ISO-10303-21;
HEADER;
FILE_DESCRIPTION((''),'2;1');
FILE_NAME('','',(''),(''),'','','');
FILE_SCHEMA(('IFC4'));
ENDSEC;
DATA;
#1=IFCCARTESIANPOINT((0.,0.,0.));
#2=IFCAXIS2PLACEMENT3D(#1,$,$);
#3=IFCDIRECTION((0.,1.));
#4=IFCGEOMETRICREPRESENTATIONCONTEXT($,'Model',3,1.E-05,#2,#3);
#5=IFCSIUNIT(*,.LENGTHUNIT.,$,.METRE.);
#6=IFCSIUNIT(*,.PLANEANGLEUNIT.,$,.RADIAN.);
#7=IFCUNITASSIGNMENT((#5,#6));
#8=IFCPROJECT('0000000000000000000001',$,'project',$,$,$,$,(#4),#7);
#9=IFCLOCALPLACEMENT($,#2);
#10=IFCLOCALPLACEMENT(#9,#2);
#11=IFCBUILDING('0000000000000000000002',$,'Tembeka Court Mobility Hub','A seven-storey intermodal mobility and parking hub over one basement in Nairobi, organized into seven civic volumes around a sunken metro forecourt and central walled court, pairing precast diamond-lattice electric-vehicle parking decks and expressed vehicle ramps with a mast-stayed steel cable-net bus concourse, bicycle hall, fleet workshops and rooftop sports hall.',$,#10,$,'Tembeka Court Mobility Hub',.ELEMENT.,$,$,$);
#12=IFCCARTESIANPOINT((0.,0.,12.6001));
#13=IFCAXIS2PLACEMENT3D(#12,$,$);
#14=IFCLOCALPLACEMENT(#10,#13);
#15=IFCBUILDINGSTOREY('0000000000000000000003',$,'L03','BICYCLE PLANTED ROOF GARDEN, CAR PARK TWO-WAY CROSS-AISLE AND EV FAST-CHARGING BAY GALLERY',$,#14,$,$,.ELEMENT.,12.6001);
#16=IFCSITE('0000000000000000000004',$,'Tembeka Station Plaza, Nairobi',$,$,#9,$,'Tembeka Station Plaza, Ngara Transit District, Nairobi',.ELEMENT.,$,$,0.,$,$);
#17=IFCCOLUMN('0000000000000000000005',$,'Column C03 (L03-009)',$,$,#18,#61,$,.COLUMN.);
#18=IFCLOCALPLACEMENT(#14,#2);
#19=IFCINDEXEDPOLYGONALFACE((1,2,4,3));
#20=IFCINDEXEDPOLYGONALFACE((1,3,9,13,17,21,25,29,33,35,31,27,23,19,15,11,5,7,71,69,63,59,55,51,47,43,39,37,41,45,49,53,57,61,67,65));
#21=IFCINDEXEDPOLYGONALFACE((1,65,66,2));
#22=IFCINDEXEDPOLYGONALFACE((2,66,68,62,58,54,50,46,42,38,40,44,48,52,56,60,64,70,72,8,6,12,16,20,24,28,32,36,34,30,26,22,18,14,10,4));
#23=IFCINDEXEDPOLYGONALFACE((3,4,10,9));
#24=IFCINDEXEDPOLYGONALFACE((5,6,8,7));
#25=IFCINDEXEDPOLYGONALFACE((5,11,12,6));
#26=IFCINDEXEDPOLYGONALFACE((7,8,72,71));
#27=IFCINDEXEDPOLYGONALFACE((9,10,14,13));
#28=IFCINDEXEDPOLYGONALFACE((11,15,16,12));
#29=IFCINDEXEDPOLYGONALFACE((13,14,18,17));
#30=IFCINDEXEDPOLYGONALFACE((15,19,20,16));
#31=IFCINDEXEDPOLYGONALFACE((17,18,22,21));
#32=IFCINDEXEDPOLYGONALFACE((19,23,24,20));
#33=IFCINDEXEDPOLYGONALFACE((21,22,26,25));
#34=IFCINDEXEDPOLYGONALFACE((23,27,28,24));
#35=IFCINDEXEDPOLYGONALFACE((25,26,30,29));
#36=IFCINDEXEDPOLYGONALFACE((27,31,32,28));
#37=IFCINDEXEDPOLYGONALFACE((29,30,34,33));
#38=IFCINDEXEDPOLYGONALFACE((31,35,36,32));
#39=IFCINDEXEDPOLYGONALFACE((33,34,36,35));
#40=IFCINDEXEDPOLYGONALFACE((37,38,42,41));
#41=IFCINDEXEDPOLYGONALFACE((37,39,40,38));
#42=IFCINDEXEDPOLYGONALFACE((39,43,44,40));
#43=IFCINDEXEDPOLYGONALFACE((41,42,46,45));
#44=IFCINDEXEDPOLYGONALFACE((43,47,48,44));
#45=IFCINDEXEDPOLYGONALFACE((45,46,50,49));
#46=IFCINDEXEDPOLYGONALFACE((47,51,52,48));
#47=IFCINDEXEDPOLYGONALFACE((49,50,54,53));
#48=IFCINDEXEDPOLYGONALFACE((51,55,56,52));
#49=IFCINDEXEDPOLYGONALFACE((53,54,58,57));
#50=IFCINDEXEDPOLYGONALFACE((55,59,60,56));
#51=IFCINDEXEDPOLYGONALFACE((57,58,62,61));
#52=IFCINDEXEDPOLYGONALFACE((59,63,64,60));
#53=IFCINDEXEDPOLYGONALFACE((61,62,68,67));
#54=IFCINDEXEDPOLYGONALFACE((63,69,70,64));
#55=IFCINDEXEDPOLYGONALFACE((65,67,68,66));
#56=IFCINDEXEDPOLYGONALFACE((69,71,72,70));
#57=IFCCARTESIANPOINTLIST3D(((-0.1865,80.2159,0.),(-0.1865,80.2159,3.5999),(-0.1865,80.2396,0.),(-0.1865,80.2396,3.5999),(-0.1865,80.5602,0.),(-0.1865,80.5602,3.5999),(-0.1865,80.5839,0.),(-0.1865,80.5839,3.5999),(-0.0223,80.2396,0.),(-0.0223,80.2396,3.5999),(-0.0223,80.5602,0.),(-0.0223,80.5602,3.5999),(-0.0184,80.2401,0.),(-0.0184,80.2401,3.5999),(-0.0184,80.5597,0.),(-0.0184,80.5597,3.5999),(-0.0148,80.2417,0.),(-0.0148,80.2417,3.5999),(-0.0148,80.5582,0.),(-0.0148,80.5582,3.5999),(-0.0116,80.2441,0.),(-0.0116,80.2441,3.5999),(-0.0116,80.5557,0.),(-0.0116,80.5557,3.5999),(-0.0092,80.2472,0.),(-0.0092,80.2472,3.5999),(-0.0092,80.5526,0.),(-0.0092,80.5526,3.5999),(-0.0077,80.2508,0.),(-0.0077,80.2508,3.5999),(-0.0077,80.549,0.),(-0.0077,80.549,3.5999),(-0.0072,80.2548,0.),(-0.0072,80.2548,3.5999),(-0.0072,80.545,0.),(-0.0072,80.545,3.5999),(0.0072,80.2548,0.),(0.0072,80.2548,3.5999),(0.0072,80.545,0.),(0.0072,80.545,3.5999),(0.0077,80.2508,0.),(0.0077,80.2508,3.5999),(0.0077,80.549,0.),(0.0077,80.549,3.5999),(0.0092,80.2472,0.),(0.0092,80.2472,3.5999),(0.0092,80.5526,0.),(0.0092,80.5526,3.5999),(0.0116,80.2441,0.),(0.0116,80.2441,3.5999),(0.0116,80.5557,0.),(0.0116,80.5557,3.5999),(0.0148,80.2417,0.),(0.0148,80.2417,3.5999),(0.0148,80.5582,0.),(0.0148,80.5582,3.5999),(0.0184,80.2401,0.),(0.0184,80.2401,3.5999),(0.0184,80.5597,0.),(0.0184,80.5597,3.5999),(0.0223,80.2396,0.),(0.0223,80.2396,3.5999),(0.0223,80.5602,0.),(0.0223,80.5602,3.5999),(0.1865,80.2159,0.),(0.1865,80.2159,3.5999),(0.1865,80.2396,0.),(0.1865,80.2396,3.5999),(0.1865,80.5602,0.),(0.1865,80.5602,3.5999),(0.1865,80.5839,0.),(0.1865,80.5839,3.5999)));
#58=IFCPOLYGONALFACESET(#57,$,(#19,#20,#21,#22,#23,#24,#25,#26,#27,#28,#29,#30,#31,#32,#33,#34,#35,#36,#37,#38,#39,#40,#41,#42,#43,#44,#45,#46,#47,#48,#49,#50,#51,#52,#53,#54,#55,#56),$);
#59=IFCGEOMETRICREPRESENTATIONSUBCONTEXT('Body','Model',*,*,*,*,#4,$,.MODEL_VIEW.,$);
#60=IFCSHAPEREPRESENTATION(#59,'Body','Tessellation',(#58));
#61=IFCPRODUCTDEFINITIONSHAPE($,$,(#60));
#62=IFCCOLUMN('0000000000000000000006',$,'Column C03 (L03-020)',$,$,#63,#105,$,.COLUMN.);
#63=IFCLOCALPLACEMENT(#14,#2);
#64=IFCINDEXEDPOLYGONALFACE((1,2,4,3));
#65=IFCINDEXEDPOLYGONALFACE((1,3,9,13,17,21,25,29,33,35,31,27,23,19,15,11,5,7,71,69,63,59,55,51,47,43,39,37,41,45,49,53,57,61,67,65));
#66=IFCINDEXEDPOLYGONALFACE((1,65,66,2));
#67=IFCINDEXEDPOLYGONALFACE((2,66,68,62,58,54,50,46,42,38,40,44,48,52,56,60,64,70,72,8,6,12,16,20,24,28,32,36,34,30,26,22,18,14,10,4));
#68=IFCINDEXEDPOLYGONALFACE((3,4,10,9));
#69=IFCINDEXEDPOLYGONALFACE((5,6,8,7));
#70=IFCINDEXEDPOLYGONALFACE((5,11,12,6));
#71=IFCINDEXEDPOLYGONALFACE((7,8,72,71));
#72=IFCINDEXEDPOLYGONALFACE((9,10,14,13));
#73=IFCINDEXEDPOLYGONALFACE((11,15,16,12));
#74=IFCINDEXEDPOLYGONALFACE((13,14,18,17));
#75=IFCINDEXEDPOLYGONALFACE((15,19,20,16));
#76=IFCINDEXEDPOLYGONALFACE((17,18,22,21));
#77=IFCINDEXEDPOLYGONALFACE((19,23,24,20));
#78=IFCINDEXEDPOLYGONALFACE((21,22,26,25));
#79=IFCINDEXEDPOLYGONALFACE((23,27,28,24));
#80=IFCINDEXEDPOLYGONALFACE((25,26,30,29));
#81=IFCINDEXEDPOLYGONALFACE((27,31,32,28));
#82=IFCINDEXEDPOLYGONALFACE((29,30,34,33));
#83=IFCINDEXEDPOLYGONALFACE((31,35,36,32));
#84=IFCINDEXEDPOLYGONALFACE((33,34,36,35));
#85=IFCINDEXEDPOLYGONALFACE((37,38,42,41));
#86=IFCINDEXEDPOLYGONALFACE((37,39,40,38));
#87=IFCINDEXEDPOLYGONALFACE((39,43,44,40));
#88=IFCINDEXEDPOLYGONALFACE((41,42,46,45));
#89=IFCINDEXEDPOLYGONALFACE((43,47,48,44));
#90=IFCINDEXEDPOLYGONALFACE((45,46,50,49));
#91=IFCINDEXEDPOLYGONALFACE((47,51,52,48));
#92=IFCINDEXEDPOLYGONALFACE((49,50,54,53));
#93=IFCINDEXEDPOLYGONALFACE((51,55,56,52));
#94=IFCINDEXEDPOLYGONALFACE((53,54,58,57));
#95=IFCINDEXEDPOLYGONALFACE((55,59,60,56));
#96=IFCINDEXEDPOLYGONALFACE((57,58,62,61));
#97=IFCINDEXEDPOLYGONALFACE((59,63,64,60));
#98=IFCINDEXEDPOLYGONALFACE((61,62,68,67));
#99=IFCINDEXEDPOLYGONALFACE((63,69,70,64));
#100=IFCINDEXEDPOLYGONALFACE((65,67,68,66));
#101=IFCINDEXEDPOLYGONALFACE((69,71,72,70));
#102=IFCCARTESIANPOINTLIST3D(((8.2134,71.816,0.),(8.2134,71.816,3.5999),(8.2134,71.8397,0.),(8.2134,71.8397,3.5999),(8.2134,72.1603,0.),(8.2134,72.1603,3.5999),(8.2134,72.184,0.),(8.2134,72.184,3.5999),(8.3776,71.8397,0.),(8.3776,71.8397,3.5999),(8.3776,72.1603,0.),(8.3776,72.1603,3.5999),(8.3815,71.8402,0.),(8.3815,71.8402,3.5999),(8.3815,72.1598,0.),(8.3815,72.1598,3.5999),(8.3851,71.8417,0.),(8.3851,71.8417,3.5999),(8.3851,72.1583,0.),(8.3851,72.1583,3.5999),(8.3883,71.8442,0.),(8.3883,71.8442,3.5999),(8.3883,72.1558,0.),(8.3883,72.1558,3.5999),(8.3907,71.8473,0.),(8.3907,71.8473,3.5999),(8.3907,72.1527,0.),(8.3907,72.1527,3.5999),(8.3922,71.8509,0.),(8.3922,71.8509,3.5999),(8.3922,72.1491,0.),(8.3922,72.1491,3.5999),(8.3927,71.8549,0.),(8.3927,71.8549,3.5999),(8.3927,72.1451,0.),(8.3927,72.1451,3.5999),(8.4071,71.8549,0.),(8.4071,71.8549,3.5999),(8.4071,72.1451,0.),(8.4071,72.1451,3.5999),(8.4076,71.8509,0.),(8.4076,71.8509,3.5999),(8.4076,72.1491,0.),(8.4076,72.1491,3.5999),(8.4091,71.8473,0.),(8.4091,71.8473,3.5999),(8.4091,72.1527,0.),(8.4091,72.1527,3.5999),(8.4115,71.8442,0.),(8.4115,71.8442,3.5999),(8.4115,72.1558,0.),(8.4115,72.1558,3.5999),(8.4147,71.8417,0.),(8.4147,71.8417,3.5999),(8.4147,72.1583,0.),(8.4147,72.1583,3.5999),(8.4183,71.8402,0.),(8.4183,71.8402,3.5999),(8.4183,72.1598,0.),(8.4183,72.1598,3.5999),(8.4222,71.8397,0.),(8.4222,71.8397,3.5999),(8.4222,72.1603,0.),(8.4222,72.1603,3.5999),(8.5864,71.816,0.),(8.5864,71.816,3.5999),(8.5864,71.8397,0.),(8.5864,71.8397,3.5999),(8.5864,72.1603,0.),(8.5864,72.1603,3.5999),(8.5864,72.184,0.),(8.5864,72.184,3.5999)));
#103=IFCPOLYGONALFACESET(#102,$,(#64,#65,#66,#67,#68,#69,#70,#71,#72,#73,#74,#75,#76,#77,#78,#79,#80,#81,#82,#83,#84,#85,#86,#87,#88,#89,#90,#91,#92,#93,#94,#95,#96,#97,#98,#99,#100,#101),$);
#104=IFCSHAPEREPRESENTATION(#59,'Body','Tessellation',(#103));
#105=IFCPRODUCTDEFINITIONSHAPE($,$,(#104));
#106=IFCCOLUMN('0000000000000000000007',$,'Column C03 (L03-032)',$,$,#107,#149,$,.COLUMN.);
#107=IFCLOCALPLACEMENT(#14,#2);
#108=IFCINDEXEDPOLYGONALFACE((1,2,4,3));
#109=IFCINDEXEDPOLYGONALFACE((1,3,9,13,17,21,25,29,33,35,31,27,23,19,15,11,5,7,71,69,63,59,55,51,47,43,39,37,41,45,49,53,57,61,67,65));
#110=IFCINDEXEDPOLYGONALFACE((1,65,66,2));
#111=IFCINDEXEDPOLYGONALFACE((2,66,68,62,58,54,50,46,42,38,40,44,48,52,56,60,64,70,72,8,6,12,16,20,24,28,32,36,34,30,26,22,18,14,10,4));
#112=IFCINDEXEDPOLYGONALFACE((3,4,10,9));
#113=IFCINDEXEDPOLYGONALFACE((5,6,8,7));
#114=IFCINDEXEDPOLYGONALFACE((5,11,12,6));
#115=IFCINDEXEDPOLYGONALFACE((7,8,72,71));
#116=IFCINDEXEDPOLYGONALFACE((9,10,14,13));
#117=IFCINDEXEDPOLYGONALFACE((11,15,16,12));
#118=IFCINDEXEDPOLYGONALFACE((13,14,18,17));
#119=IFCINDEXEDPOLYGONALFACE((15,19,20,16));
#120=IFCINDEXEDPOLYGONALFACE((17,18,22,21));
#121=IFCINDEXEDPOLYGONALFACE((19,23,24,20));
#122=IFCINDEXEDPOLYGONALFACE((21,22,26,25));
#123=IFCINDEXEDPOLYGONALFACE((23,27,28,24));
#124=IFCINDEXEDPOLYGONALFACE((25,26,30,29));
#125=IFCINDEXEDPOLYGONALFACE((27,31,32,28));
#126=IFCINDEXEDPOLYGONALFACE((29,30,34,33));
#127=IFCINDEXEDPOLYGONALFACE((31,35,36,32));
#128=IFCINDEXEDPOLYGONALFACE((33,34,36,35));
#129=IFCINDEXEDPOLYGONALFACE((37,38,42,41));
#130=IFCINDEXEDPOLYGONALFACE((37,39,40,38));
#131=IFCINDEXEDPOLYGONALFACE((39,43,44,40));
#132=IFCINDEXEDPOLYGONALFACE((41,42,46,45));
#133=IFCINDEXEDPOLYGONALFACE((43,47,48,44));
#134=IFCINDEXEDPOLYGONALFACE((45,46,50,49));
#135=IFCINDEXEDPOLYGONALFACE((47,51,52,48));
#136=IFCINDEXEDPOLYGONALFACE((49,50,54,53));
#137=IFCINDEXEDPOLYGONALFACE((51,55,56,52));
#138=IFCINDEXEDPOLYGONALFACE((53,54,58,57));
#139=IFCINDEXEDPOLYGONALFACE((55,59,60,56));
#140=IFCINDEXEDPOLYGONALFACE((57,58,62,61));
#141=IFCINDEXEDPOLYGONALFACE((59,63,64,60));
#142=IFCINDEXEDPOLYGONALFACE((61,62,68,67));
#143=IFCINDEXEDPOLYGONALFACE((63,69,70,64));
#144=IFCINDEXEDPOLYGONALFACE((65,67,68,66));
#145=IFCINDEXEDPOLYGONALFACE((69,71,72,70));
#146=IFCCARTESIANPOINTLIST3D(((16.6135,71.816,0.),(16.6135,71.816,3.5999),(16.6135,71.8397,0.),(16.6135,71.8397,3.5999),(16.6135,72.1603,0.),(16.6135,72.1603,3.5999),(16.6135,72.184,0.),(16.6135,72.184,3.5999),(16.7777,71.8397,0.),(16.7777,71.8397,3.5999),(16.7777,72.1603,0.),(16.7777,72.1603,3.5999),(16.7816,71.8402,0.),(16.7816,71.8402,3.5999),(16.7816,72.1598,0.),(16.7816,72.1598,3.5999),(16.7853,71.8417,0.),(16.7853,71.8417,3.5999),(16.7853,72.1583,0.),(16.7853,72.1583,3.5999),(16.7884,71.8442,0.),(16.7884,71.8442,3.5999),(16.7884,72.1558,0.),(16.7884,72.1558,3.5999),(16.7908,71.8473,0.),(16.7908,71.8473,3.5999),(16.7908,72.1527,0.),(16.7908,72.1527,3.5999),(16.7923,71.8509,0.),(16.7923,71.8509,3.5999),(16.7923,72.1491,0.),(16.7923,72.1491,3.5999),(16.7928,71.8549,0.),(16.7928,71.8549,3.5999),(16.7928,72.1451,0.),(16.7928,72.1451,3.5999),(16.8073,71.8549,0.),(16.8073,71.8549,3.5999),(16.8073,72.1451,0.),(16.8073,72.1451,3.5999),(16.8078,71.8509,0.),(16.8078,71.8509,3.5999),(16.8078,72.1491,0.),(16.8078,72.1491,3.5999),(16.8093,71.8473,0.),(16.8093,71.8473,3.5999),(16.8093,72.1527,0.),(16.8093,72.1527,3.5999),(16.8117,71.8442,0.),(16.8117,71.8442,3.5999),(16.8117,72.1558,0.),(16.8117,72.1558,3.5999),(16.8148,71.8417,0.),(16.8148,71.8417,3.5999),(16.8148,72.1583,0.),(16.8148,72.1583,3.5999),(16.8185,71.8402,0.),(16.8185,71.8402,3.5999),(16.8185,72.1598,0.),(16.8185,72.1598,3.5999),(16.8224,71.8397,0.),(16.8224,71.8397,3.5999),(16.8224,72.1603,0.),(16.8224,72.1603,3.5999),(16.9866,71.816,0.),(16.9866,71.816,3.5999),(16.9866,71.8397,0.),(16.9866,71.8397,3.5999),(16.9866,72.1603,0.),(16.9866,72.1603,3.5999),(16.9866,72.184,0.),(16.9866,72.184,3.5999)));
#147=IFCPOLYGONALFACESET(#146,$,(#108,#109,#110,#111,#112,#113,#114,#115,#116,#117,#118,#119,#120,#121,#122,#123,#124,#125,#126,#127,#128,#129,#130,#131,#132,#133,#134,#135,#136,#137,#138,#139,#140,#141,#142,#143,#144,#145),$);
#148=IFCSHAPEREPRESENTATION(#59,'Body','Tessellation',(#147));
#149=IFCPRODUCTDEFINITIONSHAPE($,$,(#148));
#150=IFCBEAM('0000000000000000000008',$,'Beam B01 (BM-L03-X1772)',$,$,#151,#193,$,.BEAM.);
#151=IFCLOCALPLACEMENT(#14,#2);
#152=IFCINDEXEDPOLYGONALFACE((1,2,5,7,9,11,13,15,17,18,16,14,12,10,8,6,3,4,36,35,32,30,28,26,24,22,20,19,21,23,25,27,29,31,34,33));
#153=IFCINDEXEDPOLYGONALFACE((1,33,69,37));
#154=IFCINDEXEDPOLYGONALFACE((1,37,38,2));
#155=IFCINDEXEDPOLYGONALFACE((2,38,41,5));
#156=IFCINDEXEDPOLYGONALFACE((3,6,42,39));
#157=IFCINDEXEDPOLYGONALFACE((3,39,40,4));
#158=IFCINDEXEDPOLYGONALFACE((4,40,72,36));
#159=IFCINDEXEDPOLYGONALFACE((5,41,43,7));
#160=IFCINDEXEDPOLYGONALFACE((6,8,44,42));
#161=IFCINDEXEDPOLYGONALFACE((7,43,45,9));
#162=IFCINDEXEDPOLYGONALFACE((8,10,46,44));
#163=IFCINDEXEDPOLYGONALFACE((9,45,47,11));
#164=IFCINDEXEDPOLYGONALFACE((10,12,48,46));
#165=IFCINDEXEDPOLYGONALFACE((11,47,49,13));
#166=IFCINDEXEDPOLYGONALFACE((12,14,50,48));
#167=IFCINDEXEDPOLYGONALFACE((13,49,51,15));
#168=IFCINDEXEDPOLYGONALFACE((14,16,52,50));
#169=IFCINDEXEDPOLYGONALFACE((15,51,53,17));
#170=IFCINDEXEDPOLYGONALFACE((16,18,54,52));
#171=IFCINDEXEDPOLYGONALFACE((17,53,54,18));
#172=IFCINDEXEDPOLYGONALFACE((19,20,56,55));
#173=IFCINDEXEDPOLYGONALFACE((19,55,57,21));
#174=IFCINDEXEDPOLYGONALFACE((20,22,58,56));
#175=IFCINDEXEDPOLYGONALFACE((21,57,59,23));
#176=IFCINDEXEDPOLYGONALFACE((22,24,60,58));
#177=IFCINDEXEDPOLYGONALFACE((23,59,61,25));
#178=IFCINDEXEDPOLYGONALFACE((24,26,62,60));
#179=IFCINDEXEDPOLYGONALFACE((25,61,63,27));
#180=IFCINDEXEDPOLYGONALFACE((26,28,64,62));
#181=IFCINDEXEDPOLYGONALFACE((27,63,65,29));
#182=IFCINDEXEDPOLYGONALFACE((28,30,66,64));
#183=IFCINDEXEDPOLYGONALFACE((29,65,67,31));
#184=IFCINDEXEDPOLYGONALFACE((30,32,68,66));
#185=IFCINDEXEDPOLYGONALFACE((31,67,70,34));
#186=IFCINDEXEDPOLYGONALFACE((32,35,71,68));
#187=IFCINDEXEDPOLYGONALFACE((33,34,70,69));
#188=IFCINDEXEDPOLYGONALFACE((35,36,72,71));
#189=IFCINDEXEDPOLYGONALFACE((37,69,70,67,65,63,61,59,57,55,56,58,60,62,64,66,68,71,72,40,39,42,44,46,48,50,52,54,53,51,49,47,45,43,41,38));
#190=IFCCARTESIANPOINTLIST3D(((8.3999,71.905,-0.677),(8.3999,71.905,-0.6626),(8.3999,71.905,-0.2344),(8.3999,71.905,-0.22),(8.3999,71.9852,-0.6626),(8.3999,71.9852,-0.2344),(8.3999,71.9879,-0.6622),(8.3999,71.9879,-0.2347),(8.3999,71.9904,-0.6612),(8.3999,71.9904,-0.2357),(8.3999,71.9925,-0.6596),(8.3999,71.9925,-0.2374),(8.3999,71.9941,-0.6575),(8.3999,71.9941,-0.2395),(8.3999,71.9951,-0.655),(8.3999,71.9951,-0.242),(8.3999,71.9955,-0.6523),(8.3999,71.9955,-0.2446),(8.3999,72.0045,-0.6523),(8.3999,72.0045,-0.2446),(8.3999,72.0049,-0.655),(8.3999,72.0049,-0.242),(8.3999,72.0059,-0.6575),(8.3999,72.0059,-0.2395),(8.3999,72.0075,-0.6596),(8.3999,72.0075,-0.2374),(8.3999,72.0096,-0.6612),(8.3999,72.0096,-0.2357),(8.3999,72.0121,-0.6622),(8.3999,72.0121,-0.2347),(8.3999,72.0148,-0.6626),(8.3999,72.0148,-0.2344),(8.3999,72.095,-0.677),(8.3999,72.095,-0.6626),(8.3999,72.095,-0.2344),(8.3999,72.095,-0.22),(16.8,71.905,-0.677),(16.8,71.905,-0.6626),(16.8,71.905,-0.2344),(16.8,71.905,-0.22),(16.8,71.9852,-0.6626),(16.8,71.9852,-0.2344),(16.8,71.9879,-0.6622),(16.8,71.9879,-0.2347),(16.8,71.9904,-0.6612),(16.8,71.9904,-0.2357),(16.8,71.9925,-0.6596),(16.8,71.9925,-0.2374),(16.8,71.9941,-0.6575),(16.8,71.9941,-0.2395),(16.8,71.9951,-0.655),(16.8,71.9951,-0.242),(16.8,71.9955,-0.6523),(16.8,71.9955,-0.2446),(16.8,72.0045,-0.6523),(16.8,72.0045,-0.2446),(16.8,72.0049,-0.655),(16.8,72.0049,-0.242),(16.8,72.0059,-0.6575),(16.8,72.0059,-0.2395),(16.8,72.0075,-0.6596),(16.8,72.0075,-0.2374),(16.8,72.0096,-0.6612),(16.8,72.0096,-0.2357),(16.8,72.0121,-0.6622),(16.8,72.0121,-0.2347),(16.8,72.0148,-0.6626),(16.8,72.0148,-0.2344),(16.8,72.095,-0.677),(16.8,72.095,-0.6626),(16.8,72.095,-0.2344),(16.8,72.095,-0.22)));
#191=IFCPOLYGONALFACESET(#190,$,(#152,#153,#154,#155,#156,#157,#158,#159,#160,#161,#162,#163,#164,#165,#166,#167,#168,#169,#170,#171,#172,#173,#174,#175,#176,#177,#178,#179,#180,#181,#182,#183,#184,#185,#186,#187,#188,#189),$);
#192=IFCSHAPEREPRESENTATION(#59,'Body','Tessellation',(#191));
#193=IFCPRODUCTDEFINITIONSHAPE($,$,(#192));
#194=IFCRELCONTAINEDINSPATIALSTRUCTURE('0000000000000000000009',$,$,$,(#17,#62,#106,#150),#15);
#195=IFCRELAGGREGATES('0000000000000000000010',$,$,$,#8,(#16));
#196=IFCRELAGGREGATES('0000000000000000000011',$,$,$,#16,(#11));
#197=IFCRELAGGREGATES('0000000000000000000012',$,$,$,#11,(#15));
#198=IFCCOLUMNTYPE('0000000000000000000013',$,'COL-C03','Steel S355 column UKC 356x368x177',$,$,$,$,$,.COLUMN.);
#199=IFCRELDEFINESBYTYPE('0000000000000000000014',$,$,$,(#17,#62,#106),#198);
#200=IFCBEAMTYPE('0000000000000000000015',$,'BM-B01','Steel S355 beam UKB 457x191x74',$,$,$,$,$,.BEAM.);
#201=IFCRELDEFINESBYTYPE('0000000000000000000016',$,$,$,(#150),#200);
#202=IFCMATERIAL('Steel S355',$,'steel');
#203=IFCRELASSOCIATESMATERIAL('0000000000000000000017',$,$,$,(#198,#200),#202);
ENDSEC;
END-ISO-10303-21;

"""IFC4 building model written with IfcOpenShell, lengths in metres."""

from ifc_helpers import new_model, si_unit, direction, frame, origin, origin_2d, place, context, subcontext, project, spatial, i_section, extrude, material, material_profile, profile_set, type_object, element, save


model = new_model("IFC4")

# Units and contexts
model_context = context("Model", 3, precision=1e-05, world=origin(), true_north=direction((0.0, 1.0)))
body_context = subcontext(model_context, "Body", "Model", "MODEL_VIEW")
ifc_project = project(units=[si_unit("LENGTHUNIT", "METRE"), si_unit("PLANEANGLEUNIT", "RADIAN")], contexts=[model_context])

# Site, building, storey
site_placement = place(None, origin())
site = spatial("IfcSite", under=ifc_project, at=site_placement, Name="Tembeka Station Plaza, Nairobi", LongName="Tembeka Station Plaza, Ngara Transit District, Nairobi", CompositionType="ELEMENT", RefElevation=0.0)
building_placement = place(site_placement, origin())
building = spatial("IfcBuilding", under=site, at=building_placement, Name="Tembeka Court Mobility Hub", Description="A seven-storey intermodal mobility and parking hub over one basement in Nairobi, organized into seven civic volumes around a sunken metro forecourt and central walled court, pairing precast diamond-lattice electric-vehicle parking decks and expressed vehicle ramps with a mast-stayed steel cable-net bus concourse, bicycle hall, fleet workshops and rooftop sports hall.", LongName="Tembeka Court Mobility Hub", CompositionType="ELEMENT")
storey_placement = place(building_placement, frame((0.0, 0.0, 12.6001)))
storey = spatial("IfcBuildingStorey", under=building, at=storey_placement, Name="L03", Description="BICYCLE PLANTED ROOF GARDEN, CAR PARK TWO-WAY CROSS-AISLE AND EV FAST-CHARGING BAY GALLERY", CompositionType="ELEMENT", Elevation=12.6001)

# Columns
ifc_material_1 = material(Name="Steel S355", Category="steel")
ifc_material_profile_1 = material_profile(ifc_material_1, i_section(OverallWidth=0.373, OverallDepth=0.3679, WebThickness=0.0144, FlangeThickness=0.0237, FilletRadius=0.0151, at=origin_2d()), Name="UKC 356x368x177")
ifc_profile_set_1 = profile_set([ifc_material_profile_1], Name="Steel S355")
column_type = type_object("IfcColumnType", Name="COL-C03", Description="Steel S355 column UKC 356x368x177", PredefinedType="COLUMN", material=ifc_profile_set_1)
for number, where, z_axis, x_axis, name in (
    (1, (0.0, 80.3999, 0.0), (0.0, 0.0, 1.0), (1.0, 0.0, 0.0), "Column C03 (L03-009)"),
    (2, (8.3999, 72.0, 0.0), (0.0, 0.0, 1.0), (1.0, 0.0, 0.0), "Column C03 (L03-020)"),
    (3, (16.8, 72.0, 0.0), (0.0, 0.0, 1.0), (1.0, 0.0, 0.0), "Column C03 (L03-032)"),
):
    element("IfcColumn", number, at=place(storey_placement, frame(where, z_axis=z_axis, x_axis=x_axis)), inside=storey, type_object=column_type, Name=name, PredefinedType="COLUMN", context=body_context, shape_type="SweptSolid", body=[
        extrude(i_section(OverallWidth=0.373, OverallDepth=0.3679, WebThickness=0.0144, FlangeThickness=0.0237, FilletRadius=0.0151, at=origin_2d()), origin(), (0.0, 0.0, 1.0), 3.5999),
    ])

# Beam
ifc_material_profile_2 = material_profile(ifc_material_1, i_section(OverallWidth=0.1899, OverallDepth=0.457, WebThickness=0.009, FlangeThickness=0.0144, FilletRadius=0.0103, at=origin_2d()), Name="UKB 457x191x74")
ifc_profile_set_2 = profile_set([ifc_material_profile_2], Name="Steel S355")
beam_type_1 = type_object("IfcBeamType", Name="BM-B01", Description="Steel S355 beam UKB 457x191x74", PredefinedType="BEAM", material=ifc_profile_set_2)
beam_1_placement = place(storey_placement, frame((8.3999, 72.0, -0.4485), z_axis=(1.0, 0.0, 0.0), x_axis=(0.0, 1.0, 0.0)))
element("IfcBeam", 4, at=beam_1_placement, inside=storey, type_object=beam_type_1, Name="Beam B01 (BM-L03-X1772)", PredefinedType="BEAM", context=body_context, shape_type="SweptSolid", body=[
    extrude(i_section(OverallWidth=0.1899, OverallDepth=0.457, WebThickness=0.009, FlangeThickness=0.0144, FilletRadius=0.0103, at=origin_2d()), origin(), (0.0, 0.0, 1.0), 8.4001),
])

save(model, "model.ifc")
